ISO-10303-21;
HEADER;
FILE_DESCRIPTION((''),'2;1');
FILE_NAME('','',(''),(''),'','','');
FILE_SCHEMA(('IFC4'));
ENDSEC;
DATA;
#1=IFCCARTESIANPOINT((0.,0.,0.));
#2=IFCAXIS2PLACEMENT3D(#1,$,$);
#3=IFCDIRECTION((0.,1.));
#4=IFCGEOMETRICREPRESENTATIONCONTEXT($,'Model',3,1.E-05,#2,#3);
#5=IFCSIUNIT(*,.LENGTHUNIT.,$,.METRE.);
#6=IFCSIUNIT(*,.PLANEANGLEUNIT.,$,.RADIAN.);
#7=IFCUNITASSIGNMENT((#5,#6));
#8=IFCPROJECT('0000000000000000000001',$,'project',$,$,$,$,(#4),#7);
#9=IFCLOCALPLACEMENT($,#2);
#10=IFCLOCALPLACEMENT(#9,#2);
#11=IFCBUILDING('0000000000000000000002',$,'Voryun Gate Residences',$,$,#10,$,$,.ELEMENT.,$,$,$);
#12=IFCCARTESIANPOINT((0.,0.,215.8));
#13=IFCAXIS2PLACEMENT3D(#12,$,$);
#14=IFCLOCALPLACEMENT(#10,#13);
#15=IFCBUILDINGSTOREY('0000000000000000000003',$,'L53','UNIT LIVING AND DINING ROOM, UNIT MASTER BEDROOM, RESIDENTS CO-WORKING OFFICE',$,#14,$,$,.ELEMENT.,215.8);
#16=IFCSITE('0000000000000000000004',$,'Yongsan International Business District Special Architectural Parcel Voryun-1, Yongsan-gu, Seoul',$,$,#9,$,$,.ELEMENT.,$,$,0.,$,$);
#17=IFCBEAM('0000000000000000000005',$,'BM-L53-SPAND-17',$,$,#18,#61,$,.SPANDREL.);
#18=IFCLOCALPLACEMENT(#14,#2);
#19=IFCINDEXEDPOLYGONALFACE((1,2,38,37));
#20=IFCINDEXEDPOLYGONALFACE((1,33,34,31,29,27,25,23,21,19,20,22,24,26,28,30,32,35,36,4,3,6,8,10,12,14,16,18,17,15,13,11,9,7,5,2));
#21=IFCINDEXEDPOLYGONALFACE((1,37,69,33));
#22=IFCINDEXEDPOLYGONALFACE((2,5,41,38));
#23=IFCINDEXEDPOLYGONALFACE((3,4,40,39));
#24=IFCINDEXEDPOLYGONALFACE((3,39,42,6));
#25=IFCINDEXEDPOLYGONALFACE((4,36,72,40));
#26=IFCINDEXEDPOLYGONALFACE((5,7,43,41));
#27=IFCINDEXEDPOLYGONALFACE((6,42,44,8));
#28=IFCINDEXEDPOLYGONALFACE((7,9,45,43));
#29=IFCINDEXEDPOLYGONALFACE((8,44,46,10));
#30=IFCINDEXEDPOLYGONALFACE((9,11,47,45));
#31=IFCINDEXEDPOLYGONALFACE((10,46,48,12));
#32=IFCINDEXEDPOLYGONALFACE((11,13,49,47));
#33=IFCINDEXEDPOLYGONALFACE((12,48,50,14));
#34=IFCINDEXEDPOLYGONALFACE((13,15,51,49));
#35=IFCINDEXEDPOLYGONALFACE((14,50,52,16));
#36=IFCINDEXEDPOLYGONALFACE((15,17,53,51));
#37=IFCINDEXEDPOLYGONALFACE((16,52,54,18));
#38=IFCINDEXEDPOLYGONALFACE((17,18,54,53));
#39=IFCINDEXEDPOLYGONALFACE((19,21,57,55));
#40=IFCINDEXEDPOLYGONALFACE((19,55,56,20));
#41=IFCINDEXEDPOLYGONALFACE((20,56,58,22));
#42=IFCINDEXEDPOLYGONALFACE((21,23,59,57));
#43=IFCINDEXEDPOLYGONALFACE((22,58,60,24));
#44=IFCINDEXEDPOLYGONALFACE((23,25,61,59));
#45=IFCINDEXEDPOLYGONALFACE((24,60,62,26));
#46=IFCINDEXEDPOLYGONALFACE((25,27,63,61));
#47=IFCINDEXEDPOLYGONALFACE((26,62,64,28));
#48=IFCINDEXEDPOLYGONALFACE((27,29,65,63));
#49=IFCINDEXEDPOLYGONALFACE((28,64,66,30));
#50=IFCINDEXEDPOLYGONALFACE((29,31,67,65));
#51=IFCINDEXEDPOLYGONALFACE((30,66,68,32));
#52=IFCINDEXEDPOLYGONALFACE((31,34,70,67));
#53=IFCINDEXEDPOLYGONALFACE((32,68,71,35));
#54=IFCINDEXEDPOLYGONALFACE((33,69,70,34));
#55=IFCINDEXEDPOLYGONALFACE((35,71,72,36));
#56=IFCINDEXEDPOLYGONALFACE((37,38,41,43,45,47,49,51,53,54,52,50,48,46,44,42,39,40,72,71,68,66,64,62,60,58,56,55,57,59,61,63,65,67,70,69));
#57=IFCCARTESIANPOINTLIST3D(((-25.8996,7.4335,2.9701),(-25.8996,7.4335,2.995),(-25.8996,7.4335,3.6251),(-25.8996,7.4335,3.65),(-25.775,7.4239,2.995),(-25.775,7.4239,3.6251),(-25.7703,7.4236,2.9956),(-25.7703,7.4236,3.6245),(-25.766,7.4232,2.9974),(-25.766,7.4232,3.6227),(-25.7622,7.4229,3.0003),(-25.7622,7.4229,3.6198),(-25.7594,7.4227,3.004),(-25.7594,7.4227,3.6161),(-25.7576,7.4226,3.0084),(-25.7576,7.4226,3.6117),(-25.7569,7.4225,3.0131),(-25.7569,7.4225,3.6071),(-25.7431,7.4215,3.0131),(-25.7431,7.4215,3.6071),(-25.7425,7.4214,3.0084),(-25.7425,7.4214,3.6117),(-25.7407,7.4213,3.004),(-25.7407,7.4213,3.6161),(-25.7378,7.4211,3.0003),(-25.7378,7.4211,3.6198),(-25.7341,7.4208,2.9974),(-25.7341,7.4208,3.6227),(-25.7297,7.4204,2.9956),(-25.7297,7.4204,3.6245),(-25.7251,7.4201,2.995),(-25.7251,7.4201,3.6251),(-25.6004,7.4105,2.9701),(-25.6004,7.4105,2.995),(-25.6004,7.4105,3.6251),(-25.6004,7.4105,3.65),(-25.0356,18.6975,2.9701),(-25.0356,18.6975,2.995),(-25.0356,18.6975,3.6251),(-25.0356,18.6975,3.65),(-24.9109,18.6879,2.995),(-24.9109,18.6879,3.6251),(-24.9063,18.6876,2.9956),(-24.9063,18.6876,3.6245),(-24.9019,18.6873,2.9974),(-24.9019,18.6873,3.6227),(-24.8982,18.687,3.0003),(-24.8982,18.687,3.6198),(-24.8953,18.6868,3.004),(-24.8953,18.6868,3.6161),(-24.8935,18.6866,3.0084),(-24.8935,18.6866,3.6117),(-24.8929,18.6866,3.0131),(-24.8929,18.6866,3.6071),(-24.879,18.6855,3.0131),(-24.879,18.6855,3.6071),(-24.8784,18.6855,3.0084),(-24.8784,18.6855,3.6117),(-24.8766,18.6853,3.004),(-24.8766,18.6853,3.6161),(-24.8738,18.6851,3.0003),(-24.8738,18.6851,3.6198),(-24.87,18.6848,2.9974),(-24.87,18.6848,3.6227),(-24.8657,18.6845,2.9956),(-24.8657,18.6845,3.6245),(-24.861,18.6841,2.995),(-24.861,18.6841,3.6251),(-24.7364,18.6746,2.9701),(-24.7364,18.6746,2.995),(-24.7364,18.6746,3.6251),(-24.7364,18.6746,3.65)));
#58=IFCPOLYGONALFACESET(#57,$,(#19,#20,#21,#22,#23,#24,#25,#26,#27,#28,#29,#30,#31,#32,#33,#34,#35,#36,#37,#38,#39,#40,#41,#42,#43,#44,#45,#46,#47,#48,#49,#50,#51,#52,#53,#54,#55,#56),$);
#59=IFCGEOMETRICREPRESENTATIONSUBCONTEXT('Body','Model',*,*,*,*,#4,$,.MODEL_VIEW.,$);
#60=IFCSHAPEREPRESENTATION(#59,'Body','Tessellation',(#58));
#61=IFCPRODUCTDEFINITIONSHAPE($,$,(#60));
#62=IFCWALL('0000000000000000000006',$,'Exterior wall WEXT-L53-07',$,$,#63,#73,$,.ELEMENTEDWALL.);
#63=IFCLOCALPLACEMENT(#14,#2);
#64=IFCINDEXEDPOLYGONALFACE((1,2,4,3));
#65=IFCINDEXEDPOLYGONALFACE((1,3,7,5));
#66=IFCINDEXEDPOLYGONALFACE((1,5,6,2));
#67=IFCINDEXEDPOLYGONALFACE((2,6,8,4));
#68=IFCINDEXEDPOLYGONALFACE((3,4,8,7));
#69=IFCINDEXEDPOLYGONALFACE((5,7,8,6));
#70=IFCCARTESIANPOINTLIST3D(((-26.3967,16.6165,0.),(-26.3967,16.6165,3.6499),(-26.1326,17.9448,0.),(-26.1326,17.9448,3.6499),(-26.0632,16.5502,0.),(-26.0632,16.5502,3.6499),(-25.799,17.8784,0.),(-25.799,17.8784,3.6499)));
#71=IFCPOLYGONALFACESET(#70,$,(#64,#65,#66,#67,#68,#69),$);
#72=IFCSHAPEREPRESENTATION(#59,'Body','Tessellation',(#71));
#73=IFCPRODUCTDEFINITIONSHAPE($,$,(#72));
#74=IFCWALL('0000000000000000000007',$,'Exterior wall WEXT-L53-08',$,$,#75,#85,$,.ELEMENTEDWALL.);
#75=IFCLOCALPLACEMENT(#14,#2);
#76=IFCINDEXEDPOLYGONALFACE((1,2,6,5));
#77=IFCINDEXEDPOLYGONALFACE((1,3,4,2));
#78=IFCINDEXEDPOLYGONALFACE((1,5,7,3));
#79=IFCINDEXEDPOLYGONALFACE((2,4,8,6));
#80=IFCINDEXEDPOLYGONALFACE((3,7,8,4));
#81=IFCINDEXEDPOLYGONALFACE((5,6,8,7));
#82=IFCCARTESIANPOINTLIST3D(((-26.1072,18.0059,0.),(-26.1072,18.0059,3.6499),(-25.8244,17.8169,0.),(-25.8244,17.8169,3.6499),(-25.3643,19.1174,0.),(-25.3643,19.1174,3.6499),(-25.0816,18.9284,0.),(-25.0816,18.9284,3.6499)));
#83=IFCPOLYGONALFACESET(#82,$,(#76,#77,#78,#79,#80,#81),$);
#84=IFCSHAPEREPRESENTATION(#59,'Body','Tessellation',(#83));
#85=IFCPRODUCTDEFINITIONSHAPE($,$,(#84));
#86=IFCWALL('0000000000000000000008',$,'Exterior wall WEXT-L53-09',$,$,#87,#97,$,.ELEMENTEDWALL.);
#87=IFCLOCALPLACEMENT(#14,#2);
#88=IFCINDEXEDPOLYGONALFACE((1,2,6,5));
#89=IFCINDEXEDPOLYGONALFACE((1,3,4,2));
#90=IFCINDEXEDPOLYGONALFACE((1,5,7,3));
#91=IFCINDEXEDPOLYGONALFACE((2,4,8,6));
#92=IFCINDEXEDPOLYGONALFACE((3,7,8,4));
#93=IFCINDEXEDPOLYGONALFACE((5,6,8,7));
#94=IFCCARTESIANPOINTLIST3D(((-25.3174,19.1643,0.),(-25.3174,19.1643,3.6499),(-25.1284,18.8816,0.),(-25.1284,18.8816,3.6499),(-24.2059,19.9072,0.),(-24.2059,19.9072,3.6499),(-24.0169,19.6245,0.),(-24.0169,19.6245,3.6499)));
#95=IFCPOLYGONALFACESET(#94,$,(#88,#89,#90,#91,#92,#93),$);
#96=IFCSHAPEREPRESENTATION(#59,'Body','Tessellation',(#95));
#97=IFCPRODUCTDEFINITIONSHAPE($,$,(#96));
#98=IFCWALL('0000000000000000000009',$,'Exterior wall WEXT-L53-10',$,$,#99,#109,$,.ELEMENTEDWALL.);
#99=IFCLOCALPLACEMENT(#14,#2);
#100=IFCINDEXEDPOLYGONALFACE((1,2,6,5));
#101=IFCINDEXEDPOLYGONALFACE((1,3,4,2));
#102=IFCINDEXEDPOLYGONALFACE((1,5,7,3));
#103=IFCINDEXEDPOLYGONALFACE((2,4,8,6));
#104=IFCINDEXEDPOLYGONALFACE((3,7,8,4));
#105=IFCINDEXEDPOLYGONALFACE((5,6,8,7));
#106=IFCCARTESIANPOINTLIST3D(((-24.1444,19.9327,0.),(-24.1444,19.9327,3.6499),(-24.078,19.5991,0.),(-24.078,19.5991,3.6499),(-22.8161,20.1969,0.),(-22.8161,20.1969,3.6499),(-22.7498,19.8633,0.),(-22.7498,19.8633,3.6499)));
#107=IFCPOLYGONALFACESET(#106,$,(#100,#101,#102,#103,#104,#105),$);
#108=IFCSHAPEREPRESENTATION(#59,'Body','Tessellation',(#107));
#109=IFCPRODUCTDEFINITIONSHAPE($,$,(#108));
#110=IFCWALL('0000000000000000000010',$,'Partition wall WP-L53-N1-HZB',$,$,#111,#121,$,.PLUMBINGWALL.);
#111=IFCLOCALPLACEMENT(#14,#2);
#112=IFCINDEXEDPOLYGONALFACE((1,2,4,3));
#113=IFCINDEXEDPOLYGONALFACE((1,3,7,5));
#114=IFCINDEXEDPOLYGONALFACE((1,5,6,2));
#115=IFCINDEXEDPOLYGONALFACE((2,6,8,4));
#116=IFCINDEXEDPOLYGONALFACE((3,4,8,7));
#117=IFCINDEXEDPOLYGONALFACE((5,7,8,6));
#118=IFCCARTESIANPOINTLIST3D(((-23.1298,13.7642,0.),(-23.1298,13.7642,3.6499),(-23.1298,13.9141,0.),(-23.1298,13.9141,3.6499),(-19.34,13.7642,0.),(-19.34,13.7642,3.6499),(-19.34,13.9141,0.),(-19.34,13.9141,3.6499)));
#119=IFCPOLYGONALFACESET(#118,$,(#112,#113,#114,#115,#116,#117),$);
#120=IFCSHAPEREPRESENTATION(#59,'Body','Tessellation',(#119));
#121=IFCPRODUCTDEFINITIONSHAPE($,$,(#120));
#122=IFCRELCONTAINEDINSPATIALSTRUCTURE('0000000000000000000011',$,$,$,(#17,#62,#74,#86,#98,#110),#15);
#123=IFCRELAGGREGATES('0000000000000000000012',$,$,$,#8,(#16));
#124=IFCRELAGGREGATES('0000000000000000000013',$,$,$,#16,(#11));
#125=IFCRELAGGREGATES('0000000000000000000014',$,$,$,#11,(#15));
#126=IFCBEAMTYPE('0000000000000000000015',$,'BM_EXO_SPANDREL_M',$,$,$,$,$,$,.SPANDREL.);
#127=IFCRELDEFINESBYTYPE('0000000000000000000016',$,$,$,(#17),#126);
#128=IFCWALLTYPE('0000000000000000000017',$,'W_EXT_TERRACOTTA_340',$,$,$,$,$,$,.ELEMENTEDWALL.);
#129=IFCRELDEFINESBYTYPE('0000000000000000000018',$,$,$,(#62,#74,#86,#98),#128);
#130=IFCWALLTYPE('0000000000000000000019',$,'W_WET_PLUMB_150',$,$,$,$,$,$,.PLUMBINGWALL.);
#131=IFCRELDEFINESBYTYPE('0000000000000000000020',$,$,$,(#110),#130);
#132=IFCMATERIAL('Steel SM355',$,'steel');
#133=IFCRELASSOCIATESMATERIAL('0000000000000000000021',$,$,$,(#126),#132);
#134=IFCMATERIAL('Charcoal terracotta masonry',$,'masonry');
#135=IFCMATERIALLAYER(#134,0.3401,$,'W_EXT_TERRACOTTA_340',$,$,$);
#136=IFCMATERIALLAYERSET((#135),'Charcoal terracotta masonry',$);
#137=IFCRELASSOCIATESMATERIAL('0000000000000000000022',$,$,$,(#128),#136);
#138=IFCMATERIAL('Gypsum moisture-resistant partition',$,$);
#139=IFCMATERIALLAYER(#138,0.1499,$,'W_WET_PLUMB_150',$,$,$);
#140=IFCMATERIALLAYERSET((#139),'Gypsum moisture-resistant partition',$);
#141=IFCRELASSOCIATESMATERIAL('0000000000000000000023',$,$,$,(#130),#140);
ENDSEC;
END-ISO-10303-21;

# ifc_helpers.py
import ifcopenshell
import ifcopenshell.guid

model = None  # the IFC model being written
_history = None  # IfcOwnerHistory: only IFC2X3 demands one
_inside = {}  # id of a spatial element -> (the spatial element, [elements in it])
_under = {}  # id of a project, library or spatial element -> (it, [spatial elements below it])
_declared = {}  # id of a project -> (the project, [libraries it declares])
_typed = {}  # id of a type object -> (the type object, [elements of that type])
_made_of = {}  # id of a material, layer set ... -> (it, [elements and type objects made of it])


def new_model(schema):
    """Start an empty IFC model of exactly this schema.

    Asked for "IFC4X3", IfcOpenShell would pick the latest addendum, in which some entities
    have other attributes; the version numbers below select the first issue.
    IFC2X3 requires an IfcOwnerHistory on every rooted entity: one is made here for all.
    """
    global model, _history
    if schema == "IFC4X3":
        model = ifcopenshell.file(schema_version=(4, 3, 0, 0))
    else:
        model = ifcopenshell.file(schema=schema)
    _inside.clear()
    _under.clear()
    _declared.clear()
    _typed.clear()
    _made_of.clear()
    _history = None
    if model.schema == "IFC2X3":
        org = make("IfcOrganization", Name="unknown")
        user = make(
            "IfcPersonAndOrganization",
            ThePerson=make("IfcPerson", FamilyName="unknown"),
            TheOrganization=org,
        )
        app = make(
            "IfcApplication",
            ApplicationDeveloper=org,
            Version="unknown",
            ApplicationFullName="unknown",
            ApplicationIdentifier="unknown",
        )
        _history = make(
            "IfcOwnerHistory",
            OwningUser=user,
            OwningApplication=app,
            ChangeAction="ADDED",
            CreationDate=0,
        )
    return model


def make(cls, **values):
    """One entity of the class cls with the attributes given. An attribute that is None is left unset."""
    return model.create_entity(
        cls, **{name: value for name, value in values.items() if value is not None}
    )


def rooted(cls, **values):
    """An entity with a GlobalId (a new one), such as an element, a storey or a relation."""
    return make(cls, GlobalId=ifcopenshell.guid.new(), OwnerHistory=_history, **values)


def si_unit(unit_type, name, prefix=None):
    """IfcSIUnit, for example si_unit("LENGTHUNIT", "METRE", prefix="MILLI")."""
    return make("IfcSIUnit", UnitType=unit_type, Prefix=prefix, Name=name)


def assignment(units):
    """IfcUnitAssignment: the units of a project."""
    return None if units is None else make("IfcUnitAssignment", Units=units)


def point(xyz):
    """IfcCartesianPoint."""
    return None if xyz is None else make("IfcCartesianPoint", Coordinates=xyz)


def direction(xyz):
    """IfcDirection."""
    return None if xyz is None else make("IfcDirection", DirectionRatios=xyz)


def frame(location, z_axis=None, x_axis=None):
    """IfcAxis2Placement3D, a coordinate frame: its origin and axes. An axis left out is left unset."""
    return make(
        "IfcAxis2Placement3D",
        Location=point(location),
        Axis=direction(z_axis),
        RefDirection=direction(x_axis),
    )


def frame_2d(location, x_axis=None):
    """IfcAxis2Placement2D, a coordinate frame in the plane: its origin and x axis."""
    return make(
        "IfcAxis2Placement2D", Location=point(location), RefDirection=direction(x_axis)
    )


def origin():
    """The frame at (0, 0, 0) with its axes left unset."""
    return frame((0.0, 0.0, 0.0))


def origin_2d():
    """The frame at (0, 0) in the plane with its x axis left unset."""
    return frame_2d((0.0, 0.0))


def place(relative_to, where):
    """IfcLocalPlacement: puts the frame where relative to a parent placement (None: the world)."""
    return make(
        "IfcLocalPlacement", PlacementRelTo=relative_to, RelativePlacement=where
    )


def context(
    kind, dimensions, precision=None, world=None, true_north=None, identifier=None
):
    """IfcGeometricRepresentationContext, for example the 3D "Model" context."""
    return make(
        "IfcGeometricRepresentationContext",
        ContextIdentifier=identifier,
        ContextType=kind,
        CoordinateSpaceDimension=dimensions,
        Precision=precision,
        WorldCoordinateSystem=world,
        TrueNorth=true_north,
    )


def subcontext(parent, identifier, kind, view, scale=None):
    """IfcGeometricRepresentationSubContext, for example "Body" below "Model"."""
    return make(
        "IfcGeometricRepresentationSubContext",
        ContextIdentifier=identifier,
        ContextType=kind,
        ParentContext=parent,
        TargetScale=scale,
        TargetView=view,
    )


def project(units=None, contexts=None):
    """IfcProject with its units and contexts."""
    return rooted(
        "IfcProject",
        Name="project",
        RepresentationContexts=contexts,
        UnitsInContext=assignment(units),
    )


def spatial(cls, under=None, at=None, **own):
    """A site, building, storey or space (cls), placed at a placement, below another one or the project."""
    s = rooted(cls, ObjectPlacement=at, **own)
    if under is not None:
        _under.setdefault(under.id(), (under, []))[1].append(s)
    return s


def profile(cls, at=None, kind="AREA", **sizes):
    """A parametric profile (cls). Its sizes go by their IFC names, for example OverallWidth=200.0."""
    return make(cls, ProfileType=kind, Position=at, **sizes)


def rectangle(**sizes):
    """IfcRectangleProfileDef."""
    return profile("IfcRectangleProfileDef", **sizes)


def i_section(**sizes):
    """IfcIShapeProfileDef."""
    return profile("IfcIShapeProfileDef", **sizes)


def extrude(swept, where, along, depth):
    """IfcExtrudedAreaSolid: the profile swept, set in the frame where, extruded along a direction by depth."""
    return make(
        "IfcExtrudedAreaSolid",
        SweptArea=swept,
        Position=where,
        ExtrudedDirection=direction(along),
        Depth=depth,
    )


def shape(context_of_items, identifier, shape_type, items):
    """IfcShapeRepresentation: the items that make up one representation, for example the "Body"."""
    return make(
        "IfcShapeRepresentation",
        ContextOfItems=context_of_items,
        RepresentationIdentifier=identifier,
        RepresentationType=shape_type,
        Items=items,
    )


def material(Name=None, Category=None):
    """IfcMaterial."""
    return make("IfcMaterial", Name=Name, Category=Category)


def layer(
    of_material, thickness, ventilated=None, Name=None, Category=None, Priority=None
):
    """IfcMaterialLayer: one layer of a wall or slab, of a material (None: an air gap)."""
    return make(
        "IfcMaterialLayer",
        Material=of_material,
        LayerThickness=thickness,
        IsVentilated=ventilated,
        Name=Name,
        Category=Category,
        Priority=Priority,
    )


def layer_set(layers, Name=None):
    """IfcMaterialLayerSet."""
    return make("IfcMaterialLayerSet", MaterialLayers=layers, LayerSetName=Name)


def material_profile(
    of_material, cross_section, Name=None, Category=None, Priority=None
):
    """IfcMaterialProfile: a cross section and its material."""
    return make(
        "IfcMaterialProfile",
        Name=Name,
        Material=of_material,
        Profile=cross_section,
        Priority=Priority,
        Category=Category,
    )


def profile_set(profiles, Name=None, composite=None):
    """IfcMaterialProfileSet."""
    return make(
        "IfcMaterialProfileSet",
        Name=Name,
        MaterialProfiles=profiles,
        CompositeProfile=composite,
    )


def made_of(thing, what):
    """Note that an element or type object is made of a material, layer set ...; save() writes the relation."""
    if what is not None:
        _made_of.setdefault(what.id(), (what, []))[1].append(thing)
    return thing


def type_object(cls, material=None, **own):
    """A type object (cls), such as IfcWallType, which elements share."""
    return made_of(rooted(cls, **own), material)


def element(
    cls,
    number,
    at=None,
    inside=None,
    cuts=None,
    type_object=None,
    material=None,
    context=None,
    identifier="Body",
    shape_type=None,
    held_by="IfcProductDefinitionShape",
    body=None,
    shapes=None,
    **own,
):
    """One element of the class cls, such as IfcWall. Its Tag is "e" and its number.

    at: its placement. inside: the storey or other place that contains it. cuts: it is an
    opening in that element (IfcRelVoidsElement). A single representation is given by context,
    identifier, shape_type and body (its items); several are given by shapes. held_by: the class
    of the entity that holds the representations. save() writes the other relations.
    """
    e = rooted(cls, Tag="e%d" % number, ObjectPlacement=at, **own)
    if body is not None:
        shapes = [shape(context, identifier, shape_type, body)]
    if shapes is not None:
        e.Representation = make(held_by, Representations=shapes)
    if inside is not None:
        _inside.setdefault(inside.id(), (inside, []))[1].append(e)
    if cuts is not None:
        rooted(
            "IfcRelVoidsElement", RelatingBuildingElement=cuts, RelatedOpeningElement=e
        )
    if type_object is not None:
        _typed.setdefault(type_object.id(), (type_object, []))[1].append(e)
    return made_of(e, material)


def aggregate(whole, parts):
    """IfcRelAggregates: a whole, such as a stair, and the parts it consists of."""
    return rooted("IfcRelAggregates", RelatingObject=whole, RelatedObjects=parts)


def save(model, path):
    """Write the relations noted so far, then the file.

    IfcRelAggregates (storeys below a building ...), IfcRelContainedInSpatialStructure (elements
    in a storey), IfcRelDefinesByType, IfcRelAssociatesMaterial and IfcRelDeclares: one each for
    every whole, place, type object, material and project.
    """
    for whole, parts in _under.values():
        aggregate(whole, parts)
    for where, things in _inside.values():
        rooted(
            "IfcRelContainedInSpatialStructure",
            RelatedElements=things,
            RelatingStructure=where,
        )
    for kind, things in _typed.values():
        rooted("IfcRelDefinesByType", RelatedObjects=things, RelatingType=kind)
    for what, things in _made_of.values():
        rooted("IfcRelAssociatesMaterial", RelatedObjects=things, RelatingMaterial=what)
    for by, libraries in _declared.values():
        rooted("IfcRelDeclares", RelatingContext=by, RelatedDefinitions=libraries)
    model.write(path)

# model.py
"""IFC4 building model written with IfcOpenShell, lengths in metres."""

from ifc_helpers import new_model, si_unit, direction, frame, frame_2d, origin, origin_2d, place, context, subcontext, project, spatial, rectangle, i_section, extrude, material, layer, layer_set, material_profile, profile_set, type_object, element, save


model = new_model("IFC4")

# Units and contexts
model_context = context("Model", 3, precision=1e-05, world=origin(), true_north=direction((0.0, 1.0)))
body_context = subcontext(model_context, "Body", "Model", "MODEL_VIEW")
ifc_project = project(units=[si_unit("LENGTHUNIT", "METRE"), si_unit("PLANEANGLEUNIT", "RADIAN")], contexts=[model_context])

# Site, building, storey
site_placement = place(None, origin())
site = spatial("IfcSite", under=ifc_project, at=site_placement, Name="Yongsan International Business District Special Architectural Parcel Voryun-1, Yongsan-gu, Seoul", CompositionType="ELEMENT", RefElevation=0.0)
building_placement = place(site_placement, origin())
building = spatial("IfcBuilding", under=site, at=building_placement, Name="Voryun Gate Residences", CompositionType="ELEMENT")
storey_placement = place(building_placement, frame((0.0, 0.0, 215.8)))
storey = spatial("IfcBuildingStorey", under=building, at=storey_placement, Name="L53", Description="UNIT LIVING AND DINING ROOM, UNIT MASTER BEDROOM, RESIDENTS CO-WORKING OFFICE", CompositionType="ELEMENT", Elevation=215.8)

# Beam
ifc_material_1 = material(Name="Steel SM355", Category="steel")
ifc_material_profile_1 = material_profile(ifc_material_1, i_section(OverallWidth=0.3, OverallDepth=0.6799, WebThickness=0.0139, FlangeThickness=0.0249, FilletRadius=0.0181, at=origin_2d()), Name="H-680x300x14x25")
ifc_profile_set_1 = profile_set([ifc_material_profile_1], Name="Steel SM355")
beam_type = type_object("IfcBeamType", Name="BM_EXO_SPANDREL_M", PredefinedType="SPANDREL", material=ifc_profile_set_1)
beam_1_placement = place(storey_placement, frame((-24.886, 18.686, 3.3101), z_axis=(-0.076482, -0.997071, 0.0), x_axis=(0.997071, -0.076482, 0.0)))
element("IfcBeam", 1, at=beam_1_placement, inside=storey, type_object=beam_type, Name="BM-L53-SPAND-17", PredefinedType="SPANDREL", context=body_context, shape_type="SweptSolid", body=[
    extrude(i_section(OverallWidth=0.3, OverallDepth=0.6799, WebThickness=0.0139, FlangeThickness=0.0249, FilletRadius=0.0181, at=origin_2d()), origin(), (0.0, 0.0, 1.0), 11.2971),
])

# Walls
ifc_material_2 = material(Name="Charcoal terracotta masonry", Category="masonry")
ifc_layer_1 = layer(ifc_material_2, 0.3401, Name="W_EXT_TERRACOTTA_340")
ifc_layer_set_1 = layer_set([ifc_layer_1], Name="Charcoal terracotta masonry")
wall_type_1 = type_object("IfcWallType", Name="W_EXT_TERRACOTTA_340", PredefinedType="ELEMENTEDWALL", material=ifc_layer_set_1)
wall_1_placement = place(storey_placement, frame((-26.23, 16.5833, 0.0), z_axis=(0.0, 0.0, 1.0), x_axis=(0.195076, 0.980788, 0.0)))
element("IfcWall", 2, at=wall_1_placement, inside=storey, type_object=wall_type_1, Name="Exterior wall WEXT-L53-07", PredefinedType="ELEMENTEDWALL", context=body_context, shape_type="SweptSolid", body=[
    extrude(rectangle(XDim=1.3542, YDim=0.3401, at=frame_2d((0.6772, 0.0))), origin(), (0.0, 0.0, 1.0), 3.6499),
])
for number, where, z_axis, x_axis, name in (
    (3, (-25.9658, 17.9114, 0.0), (0.0, 0.0, 1.0), (0.555669, 0.831404, 0.0), "Exterior wall WEXT-L53-08"),
    (4, (-25.2229, 19.0229, 0.0), (0.0, 0.0, 1.0), (0.831404, 0.555669, 0.0), "Exterior wall WEXT-L53-09"),
):
    element("IfcWall", number, at=place(storey_placement, frame(where, z_axis=z_axis, x_axis=x_axis)), inside=storey, type_object=wall_type_1, Name=name, PredefinedType="ELEMENTEDWALL", context=body_context, shape_type="SweptSolid", body=[
        extrude(rectangle(XDim=1.3369, YDim=0.3401, at=frame_2d((0.6685, 0.0))), origin(), (0.0, 0.0, 1.0), 3.6499),
    ])
wall_2_placement = place(storey_placement, frame((-24.1113, 19.7659, 0.0), z_axis=(0.0, 0.0, 1.0), x_axis=(0.980788, 0.195076, 0.0)))
element("IfcWall", 5, at=wall_2_placement, inside=storey, type_object=wall_type_1, Name="Exterior wall WEXT-L53-10", PredefinedType="ELEMENTEDWALL", context=body_context, shape_type="SweptSolid", body=[
    extrude(rectangle(XDim=1.3542, YDim=0.3401, at=frame_2d((0.6772, 0.0))), origin(), (0.0, 0.0, 1.0), 3.6499),
])

# Wall
ifc_material_3 = material(Name="Gypsum moisture-resistant partition")
ifc_layer_2 = layer(ifc_material_3, 0.1499, Name="W_WET_PLUMB_150")
ifc_layer_set_2 = layer_set([ifc_layer_2], Name="Gypsum moisture-resistant partition")
wall_type_2 = type_object("IfcWallType", Name="W_WET_PLUMB_150", PredefinedType="PLUMBINGWALL", material=ifc_layer_set_2)
wall_3_placement = place(storey_placement, frame((-23.1299, 13.8391, 0.0), z_axis=(0.0, 0.0, 1.0), x_axis=(1.0, 0.0, 0.0)))
element("IfcWall", 6, at=wall_3_placement, inside=storey, type_object=wall_type_2, Name="Partition wall WP-L53-N1-HZB", PredefinedType="PLUMBINGWALL", context=body_context, shape_type="SweptSolid", body=[
    extrude(rectangle(XDim=3.7898, YDim=0.1499, at=frame_2d((1.895, 0.0))), origin(), (0.0, 0.0, 1.0), 3.6499),
])

save(model, "model.ifc")
